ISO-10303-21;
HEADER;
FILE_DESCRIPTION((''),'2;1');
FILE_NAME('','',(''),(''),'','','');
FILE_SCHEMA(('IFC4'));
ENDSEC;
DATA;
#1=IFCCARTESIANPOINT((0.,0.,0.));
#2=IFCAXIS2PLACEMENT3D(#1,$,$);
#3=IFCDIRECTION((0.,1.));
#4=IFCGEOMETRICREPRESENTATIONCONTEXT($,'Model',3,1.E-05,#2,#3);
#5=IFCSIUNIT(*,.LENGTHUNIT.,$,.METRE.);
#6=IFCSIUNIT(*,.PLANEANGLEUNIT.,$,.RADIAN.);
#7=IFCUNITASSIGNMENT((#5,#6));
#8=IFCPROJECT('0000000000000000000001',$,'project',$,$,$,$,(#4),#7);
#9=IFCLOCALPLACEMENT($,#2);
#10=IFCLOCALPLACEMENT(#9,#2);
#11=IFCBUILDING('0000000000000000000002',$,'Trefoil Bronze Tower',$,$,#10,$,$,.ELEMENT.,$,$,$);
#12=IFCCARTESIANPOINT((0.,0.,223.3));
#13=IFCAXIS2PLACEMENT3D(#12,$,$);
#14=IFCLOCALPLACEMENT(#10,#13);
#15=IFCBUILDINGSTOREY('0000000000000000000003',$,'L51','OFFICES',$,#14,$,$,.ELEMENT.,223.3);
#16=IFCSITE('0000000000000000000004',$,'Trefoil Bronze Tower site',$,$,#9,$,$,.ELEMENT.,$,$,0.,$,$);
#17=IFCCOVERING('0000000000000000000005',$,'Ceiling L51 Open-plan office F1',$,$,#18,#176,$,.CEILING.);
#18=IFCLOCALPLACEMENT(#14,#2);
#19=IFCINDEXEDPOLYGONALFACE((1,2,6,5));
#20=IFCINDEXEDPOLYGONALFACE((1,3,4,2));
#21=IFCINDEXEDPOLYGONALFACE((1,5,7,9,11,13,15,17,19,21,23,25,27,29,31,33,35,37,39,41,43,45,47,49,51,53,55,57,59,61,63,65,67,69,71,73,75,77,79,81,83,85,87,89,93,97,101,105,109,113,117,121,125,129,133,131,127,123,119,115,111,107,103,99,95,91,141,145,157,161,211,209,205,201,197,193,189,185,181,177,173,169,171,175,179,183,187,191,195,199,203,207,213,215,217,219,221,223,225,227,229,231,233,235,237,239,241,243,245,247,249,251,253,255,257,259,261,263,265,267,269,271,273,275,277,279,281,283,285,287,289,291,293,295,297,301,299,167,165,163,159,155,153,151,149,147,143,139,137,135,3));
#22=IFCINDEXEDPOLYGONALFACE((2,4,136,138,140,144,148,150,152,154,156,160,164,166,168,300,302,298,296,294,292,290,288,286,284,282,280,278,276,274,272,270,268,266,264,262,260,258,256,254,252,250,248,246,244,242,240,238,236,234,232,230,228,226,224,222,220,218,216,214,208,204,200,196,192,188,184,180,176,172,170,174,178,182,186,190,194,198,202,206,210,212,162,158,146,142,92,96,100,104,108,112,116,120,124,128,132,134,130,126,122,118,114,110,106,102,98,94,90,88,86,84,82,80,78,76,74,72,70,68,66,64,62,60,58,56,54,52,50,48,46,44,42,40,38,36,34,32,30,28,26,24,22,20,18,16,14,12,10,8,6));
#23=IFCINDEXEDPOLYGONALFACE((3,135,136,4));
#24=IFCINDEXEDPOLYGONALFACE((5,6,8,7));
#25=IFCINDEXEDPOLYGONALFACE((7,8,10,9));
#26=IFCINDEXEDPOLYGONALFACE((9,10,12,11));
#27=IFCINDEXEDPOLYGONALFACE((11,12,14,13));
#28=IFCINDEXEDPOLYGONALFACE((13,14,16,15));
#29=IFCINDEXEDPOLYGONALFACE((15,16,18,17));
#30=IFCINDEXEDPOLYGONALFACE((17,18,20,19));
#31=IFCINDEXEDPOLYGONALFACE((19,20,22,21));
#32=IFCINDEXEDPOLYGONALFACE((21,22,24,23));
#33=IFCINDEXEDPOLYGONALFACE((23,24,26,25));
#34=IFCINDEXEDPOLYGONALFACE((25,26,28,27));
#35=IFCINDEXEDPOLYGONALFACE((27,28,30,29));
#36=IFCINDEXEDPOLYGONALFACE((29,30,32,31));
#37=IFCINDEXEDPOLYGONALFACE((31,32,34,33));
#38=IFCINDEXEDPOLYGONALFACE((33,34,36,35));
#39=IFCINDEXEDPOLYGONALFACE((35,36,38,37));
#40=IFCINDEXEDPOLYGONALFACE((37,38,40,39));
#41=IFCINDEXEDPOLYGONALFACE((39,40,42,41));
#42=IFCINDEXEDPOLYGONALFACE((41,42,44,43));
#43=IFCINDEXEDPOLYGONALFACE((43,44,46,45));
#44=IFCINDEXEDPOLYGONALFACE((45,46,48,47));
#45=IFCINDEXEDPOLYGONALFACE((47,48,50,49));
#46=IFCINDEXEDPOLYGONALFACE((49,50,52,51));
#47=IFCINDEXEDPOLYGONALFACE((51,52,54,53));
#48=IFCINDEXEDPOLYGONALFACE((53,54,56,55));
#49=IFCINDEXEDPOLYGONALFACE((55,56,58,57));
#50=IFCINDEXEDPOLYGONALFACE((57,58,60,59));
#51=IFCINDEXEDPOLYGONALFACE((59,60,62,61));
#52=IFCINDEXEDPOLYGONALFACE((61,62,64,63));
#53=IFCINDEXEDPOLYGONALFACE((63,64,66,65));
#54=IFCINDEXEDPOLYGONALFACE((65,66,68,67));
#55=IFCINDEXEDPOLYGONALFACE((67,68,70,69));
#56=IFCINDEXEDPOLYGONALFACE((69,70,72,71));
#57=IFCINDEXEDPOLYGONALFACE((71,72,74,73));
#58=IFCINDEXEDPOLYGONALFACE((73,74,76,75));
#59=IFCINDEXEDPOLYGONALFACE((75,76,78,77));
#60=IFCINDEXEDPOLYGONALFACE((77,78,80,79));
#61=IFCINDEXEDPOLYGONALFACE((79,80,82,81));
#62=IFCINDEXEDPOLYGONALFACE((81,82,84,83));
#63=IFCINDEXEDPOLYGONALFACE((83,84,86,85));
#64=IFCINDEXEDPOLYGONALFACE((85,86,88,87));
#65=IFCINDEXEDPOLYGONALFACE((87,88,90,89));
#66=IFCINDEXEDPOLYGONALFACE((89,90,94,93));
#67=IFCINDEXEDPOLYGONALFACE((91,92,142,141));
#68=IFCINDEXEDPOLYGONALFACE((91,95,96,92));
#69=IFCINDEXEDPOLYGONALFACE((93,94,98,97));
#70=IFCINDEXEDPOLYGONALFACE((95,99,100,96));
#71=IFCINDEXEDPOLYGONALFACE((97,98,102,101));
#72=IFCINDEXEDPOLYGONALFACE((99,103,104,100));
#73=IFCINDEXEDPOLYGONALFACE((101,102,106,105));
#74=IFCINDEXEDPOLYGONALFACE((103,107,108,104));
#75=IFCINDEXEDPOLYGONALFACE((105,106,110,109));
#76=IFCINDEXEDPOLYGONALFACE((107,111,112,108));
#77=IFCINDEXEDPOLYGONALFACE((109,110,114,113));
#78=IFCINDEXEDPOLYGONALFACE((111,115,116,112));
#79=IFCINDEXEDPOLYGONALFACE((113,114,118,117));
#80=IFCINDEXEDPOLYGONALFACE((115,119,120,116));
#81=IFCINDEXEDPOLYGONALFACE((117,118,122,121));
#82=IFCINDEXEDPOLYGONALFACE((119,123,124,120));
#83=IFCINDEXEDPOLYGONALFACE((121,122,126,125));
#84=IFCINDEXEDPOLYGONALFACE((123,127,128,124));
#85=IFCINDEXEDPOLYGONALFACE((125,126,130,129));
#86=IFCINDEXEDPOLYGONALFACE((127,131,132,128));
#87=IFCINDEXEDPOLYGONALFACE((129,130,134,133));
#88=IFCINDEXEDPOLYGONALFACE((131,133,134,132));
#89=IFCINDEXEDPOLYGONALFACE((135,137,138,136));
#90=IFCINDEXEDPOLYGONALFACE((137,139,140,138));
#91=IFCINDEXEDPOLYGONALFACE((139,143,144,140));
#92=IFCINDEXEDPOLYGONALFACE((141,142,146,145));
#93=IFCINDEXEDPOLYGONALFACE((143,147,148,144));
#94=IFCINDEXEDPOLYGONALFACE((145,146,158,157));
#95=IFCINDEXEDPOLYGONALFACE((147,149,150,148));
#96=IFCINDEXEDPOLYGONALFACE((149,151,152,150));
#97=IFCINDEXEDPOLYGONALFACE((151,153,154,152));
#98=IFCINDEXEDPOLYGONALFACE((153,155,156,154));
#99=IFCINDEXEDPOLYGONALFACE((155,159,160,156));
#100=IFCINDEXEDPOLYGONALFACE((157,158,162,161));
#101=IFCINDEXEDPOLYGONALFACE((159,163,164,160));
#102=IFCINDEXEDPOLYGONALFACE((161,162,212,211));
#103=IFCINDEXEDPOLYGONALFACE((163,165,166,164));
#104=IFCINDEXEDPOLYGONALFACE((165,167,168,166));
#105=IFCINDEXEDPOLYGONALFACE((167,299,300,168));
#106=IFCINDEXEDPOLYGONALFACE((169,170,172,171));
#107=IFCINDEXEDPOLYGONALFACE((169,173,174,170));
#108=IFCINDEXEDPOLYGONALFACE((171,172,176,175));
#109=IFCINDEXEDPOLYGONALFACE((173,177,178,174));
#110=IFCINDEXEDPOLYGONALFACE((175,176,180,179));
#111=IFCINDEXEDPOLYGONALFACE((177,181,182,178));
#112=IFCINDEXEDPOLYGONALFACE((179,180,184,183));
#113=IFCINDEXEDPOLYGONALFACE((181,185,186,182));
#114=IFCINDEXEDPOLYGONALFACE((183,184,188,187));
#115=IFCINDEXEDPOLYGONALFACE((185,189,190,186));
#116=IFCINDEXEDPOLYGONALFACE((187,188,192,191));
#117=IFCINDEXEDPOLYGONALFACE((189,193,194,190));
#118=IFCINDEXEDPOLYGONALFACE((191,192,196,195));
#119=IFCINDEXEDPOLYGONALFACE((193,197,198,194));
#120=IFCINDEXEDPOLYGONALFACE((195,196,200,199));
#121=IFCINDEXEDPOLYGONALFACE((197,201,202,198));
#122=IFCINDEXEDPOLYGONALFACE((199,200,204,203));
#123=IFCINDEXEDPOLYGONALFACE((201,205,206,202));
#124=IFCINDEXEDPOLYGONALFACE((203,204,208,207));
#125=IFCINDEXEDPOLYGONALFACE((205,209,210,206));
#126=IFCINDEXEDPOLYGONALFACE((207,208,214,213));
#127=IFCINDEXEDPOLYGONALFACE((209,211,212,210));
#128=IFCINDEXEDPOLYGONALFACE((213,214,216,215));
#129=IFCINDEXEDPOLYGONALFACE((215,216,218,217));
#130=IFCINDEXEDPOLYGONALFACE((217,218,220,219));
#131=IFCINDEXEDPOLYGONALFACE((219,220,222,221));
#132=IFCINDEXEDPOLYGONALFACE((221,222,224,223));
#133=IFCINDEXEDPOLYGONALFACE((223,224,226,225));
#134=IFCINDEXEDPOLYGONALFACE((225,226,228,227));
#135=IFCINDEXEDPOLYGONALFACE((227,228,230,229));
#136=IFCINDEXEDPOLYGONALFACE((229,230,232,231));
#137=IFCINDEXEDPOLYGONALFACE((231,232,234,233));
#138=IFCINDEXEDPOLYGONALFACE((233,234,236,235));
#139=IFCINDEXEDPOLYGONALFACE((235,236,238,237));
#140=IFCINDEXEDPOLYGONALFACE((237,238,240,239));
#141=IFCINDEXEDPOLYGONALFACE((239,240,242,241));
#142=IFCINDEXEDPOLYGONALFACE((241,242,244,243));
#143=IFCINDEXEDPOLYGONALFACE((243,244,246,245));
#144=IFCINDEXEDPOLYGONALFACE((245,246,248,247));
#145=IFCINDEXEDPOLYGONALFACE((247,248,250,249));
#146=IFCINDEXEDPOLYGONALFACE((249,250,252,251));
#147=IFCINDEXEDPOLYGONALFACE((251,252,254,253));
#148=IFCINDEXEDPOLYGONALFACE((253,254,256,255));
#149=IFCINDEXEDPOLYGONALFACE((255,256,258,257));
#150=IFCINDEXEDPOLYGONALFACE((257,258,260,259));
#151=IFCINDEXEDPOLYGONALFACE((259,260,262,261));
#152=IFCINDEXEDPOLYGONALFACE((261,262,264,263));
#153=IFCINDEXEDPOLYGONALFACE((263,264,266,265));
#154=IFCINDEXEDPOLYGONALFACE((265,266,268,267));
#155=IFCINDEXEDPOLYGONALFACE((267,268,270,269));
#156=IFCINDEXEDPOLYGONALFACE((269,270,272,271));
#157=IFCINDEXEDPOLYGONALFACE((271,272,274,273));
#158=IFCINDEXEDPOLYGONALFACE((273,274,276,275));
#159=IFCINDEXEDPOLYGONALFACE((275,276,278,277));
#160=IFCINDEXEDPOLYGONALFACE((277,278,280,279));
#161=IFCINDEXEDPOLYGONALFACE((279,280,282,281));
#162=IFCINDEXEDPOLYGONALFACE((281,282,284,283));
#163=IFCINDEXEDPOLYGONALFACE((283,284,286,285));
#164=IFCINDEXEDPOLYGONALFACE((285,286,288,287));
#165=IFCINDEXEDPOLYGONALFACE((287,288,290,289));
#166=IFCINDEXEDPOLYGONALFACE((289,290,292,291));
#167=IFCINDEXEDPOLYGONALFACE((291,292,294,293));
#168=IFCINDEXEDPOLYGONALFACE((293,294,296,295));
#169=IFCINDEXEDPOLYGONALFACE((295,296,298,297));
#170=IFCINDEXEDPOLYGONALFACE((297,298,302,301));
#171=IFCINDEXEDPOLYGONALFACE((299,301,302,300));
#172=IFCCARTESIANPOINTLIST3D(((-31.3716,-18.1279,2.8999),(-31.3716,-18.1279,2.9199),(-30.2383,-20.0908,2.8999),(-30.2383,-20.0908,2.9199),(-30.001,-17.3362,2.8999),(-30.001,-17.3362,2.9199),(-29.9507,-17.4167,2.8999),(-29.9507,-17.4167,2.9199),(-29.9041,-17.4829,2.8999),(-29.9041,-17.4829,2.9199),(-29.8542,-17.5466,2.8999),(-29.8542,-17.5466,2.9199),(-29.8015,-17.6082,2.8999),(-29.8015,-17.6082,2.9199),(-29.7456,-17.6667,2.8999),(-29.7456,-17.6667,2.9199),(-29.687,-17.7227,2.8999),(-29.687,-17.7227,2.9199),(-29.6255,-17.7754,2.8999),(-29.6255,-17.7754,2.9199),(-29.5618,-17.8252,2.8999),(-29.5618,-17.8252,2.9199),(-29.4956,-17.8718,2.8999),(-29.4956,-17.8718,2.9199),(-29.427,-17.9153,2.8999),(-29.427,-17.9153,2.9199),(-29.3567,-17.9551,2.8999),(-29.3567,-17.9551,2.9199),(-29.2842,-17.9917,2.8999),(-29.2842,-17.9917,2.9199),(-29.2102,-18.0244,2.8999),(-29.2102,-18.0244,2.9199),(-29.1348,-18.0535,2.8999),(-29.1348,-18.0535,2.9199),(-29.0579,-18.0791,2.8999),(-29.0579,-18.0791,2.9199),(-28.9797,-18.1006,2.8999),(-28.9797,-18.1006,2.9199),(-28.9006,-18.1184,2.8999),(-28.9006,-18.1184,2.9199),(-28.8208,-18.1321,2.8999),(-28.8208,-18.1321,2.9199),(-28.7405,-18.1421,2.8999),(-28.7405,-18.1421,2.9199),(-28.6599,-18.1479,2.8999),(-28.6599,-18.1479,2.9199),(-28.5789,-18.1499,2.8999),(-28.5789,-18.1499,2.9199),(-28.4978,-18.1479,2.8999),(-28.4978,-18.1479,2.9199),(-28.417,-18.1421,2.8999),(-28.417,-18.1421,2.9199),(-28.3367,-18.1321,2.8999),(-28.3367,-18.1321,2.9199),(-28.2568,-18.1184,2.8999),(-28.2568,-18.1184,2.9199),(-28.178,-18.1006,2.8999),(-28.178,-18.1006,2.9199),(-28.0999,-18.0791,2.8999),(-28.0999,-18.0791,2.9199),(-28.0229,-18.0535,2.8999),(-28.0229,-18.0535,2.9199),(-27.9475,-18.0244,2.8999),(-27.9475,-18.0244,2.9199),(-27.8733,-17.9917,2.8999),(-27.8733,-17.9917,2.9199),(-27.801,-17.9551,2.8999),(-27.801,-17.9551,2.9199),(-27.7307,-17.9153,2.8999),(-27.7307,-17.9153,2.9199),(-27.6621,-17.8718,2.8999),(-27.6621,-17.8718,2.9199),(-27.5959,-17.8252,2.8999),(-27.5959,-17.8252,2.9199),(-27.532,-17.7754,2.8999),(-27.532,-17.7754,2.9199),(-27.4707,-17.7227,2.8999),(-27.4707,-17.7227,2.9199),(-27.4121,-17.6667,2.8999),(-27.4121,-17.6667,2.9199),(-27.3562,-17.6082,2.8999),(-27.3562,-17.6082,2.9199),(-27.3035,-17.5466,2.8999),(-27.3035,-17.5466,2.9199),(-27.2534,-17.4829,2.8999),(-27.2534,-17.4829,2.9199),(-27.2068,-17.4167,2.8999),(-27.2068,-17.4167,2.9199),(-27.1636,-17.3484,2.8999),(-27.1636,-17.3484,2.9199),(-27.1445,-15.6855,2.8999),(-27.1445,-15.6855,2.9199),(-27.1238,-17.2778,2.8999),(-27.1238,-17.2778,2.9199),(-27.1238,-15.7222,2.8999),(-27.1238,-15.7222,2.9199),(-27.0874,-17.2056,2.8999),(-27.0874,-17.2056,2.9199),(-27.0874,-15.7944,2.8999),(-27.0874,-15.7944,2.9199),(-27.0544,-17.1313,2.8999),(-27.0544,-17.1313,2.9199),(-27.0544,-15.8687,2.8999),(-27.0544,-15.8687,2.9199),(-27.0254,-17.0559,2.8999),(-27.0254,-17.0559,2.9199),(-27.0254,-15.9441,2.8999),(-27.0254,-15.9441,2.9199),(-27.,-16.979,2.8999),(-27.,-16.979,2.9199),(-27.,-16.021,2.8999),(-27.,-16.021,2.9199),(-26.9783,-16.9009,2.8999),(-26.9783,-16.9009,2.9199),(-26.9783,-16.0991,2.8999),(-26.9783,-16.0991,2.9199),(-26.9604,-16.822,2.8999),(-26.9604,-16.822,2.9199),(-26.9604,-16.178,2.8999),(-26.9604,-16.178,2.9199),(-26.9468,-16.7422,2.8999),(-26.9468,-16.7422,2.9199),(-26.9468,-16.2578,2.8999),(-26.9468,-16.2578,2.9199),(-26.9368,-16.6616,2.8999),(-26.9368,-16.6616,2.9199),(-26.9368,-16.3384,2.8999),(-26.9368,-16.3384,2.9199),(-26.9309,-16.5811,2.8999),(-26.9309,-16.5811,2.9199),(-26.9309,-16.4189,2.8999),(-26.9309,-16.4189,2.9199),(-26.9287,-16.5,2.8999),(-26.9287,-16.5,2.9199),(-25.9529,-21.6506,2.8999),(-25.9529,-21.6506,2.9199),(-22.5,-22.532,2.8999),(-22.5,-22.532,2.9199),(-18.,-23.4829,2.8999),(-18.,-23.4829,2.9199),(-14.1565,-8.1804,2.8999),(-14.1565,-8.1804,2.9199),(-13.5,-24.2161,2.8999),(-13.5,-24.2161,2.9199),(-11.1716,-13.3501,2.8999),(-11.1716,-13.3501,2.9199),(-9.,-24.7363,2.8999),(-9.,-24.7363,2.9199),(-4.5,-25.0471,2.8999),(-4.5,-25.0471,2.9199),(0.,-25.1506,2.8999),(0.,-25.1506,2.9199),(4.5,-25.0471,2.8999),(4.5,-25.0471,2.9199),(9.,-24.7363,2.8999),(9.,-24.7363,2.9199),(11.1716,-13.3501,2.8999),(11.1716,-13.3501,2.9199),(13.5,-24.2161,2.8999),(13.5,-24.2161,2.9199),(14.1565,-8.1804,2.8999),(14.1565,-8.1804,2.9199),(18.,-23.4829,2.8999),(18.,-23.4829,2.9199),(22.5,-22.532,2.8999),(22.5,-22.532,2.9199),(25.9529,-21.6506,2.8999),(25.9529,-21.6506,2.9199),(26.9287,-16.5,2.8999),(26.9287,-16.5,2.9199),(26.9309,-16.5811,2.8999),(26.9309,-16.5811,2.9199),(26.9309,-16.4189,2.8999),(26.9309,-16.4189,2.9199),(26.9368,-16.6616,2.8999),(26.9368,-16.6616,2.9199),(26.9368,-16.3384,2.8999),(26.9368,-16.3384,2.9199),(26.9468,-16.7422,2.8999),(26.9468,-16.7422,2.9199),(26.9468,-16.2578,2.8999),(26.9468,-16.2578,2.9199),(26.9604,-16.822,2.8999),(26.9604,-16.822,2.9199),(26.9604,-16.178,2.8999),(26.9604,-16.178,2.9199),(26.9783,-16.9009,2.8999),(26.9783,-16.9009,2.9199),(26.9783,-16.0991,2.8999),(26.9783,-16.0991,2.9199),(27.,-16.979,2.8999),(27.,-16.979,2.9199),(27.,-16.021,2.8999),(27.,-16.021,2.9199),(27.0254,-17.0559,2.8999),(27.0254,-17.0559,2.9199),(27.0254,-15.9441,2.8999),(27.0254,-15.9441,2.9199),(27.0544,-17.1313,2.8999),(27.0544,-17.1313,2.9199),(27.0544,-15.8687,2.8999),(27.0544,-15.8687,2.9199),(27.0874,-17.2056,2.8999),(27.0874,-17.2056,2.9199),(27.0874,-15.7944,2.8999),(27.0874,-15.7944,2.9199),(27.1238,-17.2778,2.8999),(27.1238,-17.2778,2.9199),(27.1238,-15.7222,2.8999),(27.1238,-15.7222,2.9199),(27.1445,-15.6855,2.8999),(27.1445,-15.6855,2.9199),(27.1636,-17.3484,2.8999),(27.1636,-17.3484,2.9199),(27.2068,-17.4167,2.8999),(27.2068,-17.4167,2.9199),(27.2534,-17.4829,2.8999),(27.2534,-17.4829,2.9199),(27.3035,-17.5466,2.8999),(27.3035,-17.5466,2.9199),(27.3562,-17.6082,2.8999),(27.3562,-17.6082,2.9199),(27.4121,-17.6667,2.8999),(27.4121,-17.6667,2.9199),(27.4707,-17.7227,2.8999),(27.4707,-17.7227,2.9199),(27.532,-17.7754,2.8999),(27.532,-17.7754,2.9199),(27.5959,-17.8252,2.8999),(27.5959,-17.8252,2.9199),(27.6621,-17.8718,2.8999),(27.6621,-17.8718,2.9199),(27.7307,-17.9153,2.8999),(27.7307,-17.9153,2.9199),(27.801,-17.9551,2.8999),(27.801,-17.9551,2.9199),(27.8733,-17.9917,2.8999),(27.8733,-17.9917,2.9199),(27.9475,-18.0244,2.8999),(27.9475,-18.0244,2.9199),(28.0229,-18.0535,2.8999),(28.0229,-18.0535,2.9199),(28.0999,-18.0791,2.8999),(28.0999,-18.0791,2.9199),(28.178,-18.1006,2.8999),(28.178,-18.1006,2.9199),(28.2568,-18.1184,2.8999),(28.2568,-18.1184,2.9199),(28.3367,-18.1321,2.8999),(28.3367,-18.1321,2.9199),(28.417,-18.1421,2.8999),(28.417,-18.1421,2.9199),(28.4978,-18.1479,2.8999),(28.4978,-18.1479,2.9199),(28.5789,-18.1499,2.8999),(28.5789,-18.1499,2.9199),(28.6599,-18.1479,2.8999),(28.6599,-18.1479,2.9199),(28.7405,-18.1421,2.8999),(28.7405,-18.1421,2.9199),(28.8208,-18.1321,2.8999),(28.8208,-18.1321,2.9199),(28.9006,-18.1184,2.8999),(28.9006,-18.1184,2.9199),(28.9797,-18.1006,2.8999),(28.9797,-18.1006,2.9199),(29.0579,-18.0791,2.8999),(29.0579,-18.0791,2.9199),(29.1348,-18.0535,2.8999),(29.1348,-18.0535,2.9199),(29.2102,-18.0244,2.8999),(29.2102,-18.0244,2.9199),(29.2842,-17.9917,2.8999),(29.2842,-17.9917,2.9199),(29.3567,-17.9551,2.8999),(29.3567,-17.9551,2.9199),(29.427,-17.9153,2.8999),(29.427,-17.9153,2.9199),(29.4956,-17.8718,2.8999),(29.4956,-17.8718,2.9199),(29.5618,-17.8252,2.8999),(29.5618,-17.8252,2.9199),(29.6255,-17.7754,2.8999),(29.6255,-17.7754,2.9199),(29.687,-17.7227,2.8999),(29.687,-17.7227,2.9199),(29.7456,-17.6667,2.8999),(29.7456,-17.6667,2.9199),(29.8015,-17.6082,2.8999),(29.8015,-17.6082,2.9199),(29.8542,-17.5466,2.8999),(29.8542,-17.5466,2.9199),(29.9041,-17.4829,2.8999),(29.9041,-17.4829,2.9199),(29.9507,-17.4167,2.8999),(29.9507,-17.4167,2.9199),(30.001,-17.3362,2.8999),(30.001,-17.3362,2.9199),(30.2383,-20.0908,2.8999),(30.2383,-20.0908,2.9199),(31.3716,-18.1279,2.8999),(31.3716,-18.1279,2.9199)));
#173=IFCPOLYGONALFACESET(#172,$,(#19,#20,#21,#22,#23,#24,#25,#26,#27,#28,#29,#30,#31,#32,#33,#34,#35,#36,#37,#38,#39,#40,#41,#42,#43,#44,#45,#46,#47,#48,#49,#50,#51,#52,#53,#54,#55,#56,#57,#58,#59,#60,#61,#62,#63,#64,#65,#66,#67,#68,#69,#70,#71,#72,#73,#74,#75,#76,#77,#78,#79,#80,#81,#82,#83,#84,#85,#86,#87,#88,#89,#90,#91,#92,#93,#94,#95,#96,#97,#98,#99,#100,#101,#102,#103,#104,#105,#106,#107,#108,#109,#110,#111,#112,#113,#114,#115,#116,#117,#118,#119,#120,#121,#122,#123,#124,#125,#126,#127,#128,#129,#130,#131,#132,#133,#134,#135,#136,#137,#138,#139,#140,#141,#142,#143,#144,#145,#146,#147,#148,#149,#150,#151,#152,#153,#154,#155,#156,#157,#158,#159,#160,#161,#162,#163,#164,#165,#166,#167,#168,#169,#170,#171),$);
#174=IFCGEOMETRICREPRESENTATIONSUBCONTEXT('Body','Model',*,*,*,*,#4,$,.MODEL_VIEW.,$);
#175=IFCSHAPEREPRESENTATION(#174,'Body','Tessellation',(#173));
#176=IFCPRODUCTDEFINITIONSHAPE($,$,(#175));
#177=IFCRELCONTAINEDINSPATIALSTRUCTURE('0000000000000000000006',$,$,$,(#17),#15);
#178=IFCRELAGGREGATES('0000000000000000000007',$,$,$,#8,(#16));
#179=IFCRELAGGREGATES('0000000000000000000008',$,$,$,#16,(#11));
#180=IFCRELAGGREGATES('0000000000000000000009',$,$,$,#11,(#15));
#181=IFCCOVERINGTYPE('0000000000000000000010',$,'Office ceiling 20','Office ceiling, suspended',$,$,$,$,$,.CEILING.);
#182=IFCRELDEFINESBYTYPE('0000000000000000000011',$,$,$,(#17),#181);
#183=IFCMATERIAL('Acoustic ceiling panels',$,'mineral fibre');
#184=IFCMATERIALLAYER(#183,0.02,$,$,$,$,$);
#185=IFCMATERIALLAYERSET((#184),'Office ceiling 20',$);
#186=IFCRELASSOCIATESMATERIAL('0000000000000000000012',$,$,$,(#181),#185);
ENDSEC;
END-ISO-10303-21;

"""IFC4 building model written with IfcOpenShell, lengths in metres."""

from ifc_helpers import new_model, si_unit, direction, frame, origin, place, context, subcontext, project, spatial, polyline, outline, extrude, material, layer, layer_set, type_object, element, save


model = new_model("IFC4")

# Units and contexts
model_context = context("Model", 3, precision=1e-05, world=origin(), true_north=direction((0.0, 1.0)))
body_context = subcontext(model_context, "Body", "Model", "MODEL_VIEW")
ifc_project = project(units=[si_unit("LENGTHUNIT", "METRE"), si_unit("PLANEANGLEUNIT", "RADIAN")], contexts=[model_context])

# Site, building, storey
site_placement = place(None, origin())
site = spatial("IfcSite", under=ifc_project, at=site_placement, Name="Trefoil Bronze Tower site", CompositionType="ELEMENT", RefElevation=0.0)
building_placement = place(site_placement, origin())
building = spatial("IfcBuilding", under=site, at=building_placement, Name="Trefoil Bronze Tower", CompositionType="ELEMENT")
storey_placement = place(building_placement, frame((0.0, 0.0, 223.3)))
storey = spatial("IfcBuildingStorey", under=building, at=storey_placement, Name="L51", Description="OFFICES", CompositionType="ELEMENT", Elevation=223.3)

# Covering
ifc_material_1 = material(Name="Acoustic ceiling panels", Category="mineral fibre")
ifc_layer_1 = layer(ifc_material_1, 0.02)
ifc_layer_set_1 = layer_set([ifc_layer_1], Name="Office ceiling 20")
covering_type_1 = type_object("IfcCoveringType", Name="Office ceiling 20", Description="Office ceiling, suspended", PredefinedType="CEILING", material=ifc_layer_set_1)
covering_1_placement = place(storey_placement, frame((0.0, 0.0, 2.8999)))
element("IfcCovering", 1, at=covering_1_placement, inside=storey, type_object=covering_type_1, Name="Ceiling L51 Open-plan office F1", PredefinedType="CEILING", context=body_context, shape_type="SweptSolid", body=[
    extrude(outline(polyline([(-29.9507, -17.4167), (-29.9041, -17.4829), (-29.8542, -17.5466), (-29.8015, -17.6082), (-29.7456, -17.6667), (-29.687, -17.7227), (-29.6255, -17.7754), (-29.5618, -17.8252), (-29.4956, -17.8718), (-29.427, -17.9153), (-29.3567, -17.9551), (-29.2842, -17.9917), (-29.2102, -18.0244), (-29.1348, -18.0535), (-29.0579, -18.0791), (-28.9797, -18.1006), (-28.9006, -18.1184), (-28.8208, -18.1321), (-28.7405, -18.1421), (-28.6599, -18.1479), (-28.5789, -18.1499), (-28.4978, -18.1479), (-28.417, -18.1421), (-28.3367, -18.1321), (-28.2568, -18.1184), (-28.178, -18.1006), (-28.0999, -18.0791), (-28.0229, -18.0535), (-27.9475, -18.0244), (-27.8733, -17.9917), (-27.801, -17.9551), (-27.7307, -17.9153), (-27.6621, -17.8718), (-27.5959, -17.8252), (-27.532, -17.7754), (-27.4707, -17.7227), (-27.4121, -17.6667), (-27.3562, -17.6082), (-27.3035, -17.5466), (-27.2534, -17.4829), (-27.2068, -17.4167), (-27.1636, -17.3484), (-27.1238, -17.2778), (-27.0874, -17.2056), (-27.0544, -17.1313), (-27.0254, -17.0559), (-27.0, -16.979), (-26.9783, -16.9009), (-26.9604, -16.822), (-26.9468, -16.7422), (-26.9368, -16.6616), (-26.9309, -16.5811), (-26.9287, -16.5), (-26.9309, -16.4189), (-26.9368, -16.3384), (-26.9468, -16.2578), (-26.9604, -16.178), (-26.9783, -16.0991), (-27.0, -16.021), (-27.0254, -15.9441), (-27.0544, -15.8687), (-27.0874, -15.7944), (-27.1238, -15.7222), (-27.1445, -15.6855), (-14.1565, -8.1804), (-11.1716, -13.3501), (11.1716, -13.3501), (14.1565, -8.1804), (27.1445, -15.6855), (27.1238, -15.7222), (27.0874, -15.7944), (27.0544, -15.8687), (27.0254, -15.9441), (27.0, -16.021), (26.9783, -16.0991), (26.9604, -16.178), (26.9468, -16.2578), (26.9368, -16.3384), (26.9309, -16.4189), (26.9287, -16.5), (26.9309, -16.5811), (26.9368, -16.6616), (26.9468, -16.7422), (26.9604, -16.822), (26.9783, -16.9009), (27.0, -16.979), (27.0254, -17.0559), (27.0544, -17.1313), (27.0874, -17.2056), (27.1238, -17.2778), (27.1636, -17.3484), (27.2068, -17.4167), (27.2534, -17.4829), (27.3035, -17.5466), (27.3562, -17.6082), (27.4121, -17.6667), (27.4707, -17.7227), (27.532, -17.7754), (27.5959, -17.8252), (27.6621, -17.8718), (27.7307, -17.9153), (27.801, -17.9551), (27.8733, -17.9917), (27.9475, -18.0244), (28.0229, -18.0535), (28.0999, -18.0791), (28.178, -18.1006), (28.2568, -18.1184), (28.3367, -18.1321), (28.417, -18.1421), (28.4978, -18.1479), (28.5789, -18.1499), (28.6599, -18.1479), (28.7405, -18.1421), (28.8208, -18.1321), (28.9006, -18.1184), (28.9797, -18.1006), (29.0579, -18.0791), (29.1348, -18.0535), (29.2102, -18.0244), (29.2842, -17.9917), (29.3567, -17.9551), (29.427, -17.9153), (29.4956, -17.8718), (29.5618, -17.8252), (29.6255, -17.7754), (29.687, -17.7227), (29.7456, -17.6667), (29.8015, -17.6082), (29.8542, -17.5466), (29.9041, -17.4829), (29.9507, -17.4167), (30.001, -17.3362), (31.3716, -18.1279), (30.2383, -20.0908), (25.9529, -21.6506), (22.5, -22.532), (18.0, -23.4829), (13.5, -24.2161), (9.0, -24.7363), (4.5, -25.0471), (0.0, -25.1506), (-4.5, -25.0471), (-9.0, -24.7363), (-13.5, -24.2161), (-18.0, -23.4829), (-22.5, -22.532), (-25.9529, -21.6506), (-30.2383, -20.0908), (-31.3716, -18.1279), (-30.001, -17.3362), (-29.9507, -17.4167)])), origin(), (0.0, 0.0, 1.0), 0.02),
])

save(model, "model.ifc")
